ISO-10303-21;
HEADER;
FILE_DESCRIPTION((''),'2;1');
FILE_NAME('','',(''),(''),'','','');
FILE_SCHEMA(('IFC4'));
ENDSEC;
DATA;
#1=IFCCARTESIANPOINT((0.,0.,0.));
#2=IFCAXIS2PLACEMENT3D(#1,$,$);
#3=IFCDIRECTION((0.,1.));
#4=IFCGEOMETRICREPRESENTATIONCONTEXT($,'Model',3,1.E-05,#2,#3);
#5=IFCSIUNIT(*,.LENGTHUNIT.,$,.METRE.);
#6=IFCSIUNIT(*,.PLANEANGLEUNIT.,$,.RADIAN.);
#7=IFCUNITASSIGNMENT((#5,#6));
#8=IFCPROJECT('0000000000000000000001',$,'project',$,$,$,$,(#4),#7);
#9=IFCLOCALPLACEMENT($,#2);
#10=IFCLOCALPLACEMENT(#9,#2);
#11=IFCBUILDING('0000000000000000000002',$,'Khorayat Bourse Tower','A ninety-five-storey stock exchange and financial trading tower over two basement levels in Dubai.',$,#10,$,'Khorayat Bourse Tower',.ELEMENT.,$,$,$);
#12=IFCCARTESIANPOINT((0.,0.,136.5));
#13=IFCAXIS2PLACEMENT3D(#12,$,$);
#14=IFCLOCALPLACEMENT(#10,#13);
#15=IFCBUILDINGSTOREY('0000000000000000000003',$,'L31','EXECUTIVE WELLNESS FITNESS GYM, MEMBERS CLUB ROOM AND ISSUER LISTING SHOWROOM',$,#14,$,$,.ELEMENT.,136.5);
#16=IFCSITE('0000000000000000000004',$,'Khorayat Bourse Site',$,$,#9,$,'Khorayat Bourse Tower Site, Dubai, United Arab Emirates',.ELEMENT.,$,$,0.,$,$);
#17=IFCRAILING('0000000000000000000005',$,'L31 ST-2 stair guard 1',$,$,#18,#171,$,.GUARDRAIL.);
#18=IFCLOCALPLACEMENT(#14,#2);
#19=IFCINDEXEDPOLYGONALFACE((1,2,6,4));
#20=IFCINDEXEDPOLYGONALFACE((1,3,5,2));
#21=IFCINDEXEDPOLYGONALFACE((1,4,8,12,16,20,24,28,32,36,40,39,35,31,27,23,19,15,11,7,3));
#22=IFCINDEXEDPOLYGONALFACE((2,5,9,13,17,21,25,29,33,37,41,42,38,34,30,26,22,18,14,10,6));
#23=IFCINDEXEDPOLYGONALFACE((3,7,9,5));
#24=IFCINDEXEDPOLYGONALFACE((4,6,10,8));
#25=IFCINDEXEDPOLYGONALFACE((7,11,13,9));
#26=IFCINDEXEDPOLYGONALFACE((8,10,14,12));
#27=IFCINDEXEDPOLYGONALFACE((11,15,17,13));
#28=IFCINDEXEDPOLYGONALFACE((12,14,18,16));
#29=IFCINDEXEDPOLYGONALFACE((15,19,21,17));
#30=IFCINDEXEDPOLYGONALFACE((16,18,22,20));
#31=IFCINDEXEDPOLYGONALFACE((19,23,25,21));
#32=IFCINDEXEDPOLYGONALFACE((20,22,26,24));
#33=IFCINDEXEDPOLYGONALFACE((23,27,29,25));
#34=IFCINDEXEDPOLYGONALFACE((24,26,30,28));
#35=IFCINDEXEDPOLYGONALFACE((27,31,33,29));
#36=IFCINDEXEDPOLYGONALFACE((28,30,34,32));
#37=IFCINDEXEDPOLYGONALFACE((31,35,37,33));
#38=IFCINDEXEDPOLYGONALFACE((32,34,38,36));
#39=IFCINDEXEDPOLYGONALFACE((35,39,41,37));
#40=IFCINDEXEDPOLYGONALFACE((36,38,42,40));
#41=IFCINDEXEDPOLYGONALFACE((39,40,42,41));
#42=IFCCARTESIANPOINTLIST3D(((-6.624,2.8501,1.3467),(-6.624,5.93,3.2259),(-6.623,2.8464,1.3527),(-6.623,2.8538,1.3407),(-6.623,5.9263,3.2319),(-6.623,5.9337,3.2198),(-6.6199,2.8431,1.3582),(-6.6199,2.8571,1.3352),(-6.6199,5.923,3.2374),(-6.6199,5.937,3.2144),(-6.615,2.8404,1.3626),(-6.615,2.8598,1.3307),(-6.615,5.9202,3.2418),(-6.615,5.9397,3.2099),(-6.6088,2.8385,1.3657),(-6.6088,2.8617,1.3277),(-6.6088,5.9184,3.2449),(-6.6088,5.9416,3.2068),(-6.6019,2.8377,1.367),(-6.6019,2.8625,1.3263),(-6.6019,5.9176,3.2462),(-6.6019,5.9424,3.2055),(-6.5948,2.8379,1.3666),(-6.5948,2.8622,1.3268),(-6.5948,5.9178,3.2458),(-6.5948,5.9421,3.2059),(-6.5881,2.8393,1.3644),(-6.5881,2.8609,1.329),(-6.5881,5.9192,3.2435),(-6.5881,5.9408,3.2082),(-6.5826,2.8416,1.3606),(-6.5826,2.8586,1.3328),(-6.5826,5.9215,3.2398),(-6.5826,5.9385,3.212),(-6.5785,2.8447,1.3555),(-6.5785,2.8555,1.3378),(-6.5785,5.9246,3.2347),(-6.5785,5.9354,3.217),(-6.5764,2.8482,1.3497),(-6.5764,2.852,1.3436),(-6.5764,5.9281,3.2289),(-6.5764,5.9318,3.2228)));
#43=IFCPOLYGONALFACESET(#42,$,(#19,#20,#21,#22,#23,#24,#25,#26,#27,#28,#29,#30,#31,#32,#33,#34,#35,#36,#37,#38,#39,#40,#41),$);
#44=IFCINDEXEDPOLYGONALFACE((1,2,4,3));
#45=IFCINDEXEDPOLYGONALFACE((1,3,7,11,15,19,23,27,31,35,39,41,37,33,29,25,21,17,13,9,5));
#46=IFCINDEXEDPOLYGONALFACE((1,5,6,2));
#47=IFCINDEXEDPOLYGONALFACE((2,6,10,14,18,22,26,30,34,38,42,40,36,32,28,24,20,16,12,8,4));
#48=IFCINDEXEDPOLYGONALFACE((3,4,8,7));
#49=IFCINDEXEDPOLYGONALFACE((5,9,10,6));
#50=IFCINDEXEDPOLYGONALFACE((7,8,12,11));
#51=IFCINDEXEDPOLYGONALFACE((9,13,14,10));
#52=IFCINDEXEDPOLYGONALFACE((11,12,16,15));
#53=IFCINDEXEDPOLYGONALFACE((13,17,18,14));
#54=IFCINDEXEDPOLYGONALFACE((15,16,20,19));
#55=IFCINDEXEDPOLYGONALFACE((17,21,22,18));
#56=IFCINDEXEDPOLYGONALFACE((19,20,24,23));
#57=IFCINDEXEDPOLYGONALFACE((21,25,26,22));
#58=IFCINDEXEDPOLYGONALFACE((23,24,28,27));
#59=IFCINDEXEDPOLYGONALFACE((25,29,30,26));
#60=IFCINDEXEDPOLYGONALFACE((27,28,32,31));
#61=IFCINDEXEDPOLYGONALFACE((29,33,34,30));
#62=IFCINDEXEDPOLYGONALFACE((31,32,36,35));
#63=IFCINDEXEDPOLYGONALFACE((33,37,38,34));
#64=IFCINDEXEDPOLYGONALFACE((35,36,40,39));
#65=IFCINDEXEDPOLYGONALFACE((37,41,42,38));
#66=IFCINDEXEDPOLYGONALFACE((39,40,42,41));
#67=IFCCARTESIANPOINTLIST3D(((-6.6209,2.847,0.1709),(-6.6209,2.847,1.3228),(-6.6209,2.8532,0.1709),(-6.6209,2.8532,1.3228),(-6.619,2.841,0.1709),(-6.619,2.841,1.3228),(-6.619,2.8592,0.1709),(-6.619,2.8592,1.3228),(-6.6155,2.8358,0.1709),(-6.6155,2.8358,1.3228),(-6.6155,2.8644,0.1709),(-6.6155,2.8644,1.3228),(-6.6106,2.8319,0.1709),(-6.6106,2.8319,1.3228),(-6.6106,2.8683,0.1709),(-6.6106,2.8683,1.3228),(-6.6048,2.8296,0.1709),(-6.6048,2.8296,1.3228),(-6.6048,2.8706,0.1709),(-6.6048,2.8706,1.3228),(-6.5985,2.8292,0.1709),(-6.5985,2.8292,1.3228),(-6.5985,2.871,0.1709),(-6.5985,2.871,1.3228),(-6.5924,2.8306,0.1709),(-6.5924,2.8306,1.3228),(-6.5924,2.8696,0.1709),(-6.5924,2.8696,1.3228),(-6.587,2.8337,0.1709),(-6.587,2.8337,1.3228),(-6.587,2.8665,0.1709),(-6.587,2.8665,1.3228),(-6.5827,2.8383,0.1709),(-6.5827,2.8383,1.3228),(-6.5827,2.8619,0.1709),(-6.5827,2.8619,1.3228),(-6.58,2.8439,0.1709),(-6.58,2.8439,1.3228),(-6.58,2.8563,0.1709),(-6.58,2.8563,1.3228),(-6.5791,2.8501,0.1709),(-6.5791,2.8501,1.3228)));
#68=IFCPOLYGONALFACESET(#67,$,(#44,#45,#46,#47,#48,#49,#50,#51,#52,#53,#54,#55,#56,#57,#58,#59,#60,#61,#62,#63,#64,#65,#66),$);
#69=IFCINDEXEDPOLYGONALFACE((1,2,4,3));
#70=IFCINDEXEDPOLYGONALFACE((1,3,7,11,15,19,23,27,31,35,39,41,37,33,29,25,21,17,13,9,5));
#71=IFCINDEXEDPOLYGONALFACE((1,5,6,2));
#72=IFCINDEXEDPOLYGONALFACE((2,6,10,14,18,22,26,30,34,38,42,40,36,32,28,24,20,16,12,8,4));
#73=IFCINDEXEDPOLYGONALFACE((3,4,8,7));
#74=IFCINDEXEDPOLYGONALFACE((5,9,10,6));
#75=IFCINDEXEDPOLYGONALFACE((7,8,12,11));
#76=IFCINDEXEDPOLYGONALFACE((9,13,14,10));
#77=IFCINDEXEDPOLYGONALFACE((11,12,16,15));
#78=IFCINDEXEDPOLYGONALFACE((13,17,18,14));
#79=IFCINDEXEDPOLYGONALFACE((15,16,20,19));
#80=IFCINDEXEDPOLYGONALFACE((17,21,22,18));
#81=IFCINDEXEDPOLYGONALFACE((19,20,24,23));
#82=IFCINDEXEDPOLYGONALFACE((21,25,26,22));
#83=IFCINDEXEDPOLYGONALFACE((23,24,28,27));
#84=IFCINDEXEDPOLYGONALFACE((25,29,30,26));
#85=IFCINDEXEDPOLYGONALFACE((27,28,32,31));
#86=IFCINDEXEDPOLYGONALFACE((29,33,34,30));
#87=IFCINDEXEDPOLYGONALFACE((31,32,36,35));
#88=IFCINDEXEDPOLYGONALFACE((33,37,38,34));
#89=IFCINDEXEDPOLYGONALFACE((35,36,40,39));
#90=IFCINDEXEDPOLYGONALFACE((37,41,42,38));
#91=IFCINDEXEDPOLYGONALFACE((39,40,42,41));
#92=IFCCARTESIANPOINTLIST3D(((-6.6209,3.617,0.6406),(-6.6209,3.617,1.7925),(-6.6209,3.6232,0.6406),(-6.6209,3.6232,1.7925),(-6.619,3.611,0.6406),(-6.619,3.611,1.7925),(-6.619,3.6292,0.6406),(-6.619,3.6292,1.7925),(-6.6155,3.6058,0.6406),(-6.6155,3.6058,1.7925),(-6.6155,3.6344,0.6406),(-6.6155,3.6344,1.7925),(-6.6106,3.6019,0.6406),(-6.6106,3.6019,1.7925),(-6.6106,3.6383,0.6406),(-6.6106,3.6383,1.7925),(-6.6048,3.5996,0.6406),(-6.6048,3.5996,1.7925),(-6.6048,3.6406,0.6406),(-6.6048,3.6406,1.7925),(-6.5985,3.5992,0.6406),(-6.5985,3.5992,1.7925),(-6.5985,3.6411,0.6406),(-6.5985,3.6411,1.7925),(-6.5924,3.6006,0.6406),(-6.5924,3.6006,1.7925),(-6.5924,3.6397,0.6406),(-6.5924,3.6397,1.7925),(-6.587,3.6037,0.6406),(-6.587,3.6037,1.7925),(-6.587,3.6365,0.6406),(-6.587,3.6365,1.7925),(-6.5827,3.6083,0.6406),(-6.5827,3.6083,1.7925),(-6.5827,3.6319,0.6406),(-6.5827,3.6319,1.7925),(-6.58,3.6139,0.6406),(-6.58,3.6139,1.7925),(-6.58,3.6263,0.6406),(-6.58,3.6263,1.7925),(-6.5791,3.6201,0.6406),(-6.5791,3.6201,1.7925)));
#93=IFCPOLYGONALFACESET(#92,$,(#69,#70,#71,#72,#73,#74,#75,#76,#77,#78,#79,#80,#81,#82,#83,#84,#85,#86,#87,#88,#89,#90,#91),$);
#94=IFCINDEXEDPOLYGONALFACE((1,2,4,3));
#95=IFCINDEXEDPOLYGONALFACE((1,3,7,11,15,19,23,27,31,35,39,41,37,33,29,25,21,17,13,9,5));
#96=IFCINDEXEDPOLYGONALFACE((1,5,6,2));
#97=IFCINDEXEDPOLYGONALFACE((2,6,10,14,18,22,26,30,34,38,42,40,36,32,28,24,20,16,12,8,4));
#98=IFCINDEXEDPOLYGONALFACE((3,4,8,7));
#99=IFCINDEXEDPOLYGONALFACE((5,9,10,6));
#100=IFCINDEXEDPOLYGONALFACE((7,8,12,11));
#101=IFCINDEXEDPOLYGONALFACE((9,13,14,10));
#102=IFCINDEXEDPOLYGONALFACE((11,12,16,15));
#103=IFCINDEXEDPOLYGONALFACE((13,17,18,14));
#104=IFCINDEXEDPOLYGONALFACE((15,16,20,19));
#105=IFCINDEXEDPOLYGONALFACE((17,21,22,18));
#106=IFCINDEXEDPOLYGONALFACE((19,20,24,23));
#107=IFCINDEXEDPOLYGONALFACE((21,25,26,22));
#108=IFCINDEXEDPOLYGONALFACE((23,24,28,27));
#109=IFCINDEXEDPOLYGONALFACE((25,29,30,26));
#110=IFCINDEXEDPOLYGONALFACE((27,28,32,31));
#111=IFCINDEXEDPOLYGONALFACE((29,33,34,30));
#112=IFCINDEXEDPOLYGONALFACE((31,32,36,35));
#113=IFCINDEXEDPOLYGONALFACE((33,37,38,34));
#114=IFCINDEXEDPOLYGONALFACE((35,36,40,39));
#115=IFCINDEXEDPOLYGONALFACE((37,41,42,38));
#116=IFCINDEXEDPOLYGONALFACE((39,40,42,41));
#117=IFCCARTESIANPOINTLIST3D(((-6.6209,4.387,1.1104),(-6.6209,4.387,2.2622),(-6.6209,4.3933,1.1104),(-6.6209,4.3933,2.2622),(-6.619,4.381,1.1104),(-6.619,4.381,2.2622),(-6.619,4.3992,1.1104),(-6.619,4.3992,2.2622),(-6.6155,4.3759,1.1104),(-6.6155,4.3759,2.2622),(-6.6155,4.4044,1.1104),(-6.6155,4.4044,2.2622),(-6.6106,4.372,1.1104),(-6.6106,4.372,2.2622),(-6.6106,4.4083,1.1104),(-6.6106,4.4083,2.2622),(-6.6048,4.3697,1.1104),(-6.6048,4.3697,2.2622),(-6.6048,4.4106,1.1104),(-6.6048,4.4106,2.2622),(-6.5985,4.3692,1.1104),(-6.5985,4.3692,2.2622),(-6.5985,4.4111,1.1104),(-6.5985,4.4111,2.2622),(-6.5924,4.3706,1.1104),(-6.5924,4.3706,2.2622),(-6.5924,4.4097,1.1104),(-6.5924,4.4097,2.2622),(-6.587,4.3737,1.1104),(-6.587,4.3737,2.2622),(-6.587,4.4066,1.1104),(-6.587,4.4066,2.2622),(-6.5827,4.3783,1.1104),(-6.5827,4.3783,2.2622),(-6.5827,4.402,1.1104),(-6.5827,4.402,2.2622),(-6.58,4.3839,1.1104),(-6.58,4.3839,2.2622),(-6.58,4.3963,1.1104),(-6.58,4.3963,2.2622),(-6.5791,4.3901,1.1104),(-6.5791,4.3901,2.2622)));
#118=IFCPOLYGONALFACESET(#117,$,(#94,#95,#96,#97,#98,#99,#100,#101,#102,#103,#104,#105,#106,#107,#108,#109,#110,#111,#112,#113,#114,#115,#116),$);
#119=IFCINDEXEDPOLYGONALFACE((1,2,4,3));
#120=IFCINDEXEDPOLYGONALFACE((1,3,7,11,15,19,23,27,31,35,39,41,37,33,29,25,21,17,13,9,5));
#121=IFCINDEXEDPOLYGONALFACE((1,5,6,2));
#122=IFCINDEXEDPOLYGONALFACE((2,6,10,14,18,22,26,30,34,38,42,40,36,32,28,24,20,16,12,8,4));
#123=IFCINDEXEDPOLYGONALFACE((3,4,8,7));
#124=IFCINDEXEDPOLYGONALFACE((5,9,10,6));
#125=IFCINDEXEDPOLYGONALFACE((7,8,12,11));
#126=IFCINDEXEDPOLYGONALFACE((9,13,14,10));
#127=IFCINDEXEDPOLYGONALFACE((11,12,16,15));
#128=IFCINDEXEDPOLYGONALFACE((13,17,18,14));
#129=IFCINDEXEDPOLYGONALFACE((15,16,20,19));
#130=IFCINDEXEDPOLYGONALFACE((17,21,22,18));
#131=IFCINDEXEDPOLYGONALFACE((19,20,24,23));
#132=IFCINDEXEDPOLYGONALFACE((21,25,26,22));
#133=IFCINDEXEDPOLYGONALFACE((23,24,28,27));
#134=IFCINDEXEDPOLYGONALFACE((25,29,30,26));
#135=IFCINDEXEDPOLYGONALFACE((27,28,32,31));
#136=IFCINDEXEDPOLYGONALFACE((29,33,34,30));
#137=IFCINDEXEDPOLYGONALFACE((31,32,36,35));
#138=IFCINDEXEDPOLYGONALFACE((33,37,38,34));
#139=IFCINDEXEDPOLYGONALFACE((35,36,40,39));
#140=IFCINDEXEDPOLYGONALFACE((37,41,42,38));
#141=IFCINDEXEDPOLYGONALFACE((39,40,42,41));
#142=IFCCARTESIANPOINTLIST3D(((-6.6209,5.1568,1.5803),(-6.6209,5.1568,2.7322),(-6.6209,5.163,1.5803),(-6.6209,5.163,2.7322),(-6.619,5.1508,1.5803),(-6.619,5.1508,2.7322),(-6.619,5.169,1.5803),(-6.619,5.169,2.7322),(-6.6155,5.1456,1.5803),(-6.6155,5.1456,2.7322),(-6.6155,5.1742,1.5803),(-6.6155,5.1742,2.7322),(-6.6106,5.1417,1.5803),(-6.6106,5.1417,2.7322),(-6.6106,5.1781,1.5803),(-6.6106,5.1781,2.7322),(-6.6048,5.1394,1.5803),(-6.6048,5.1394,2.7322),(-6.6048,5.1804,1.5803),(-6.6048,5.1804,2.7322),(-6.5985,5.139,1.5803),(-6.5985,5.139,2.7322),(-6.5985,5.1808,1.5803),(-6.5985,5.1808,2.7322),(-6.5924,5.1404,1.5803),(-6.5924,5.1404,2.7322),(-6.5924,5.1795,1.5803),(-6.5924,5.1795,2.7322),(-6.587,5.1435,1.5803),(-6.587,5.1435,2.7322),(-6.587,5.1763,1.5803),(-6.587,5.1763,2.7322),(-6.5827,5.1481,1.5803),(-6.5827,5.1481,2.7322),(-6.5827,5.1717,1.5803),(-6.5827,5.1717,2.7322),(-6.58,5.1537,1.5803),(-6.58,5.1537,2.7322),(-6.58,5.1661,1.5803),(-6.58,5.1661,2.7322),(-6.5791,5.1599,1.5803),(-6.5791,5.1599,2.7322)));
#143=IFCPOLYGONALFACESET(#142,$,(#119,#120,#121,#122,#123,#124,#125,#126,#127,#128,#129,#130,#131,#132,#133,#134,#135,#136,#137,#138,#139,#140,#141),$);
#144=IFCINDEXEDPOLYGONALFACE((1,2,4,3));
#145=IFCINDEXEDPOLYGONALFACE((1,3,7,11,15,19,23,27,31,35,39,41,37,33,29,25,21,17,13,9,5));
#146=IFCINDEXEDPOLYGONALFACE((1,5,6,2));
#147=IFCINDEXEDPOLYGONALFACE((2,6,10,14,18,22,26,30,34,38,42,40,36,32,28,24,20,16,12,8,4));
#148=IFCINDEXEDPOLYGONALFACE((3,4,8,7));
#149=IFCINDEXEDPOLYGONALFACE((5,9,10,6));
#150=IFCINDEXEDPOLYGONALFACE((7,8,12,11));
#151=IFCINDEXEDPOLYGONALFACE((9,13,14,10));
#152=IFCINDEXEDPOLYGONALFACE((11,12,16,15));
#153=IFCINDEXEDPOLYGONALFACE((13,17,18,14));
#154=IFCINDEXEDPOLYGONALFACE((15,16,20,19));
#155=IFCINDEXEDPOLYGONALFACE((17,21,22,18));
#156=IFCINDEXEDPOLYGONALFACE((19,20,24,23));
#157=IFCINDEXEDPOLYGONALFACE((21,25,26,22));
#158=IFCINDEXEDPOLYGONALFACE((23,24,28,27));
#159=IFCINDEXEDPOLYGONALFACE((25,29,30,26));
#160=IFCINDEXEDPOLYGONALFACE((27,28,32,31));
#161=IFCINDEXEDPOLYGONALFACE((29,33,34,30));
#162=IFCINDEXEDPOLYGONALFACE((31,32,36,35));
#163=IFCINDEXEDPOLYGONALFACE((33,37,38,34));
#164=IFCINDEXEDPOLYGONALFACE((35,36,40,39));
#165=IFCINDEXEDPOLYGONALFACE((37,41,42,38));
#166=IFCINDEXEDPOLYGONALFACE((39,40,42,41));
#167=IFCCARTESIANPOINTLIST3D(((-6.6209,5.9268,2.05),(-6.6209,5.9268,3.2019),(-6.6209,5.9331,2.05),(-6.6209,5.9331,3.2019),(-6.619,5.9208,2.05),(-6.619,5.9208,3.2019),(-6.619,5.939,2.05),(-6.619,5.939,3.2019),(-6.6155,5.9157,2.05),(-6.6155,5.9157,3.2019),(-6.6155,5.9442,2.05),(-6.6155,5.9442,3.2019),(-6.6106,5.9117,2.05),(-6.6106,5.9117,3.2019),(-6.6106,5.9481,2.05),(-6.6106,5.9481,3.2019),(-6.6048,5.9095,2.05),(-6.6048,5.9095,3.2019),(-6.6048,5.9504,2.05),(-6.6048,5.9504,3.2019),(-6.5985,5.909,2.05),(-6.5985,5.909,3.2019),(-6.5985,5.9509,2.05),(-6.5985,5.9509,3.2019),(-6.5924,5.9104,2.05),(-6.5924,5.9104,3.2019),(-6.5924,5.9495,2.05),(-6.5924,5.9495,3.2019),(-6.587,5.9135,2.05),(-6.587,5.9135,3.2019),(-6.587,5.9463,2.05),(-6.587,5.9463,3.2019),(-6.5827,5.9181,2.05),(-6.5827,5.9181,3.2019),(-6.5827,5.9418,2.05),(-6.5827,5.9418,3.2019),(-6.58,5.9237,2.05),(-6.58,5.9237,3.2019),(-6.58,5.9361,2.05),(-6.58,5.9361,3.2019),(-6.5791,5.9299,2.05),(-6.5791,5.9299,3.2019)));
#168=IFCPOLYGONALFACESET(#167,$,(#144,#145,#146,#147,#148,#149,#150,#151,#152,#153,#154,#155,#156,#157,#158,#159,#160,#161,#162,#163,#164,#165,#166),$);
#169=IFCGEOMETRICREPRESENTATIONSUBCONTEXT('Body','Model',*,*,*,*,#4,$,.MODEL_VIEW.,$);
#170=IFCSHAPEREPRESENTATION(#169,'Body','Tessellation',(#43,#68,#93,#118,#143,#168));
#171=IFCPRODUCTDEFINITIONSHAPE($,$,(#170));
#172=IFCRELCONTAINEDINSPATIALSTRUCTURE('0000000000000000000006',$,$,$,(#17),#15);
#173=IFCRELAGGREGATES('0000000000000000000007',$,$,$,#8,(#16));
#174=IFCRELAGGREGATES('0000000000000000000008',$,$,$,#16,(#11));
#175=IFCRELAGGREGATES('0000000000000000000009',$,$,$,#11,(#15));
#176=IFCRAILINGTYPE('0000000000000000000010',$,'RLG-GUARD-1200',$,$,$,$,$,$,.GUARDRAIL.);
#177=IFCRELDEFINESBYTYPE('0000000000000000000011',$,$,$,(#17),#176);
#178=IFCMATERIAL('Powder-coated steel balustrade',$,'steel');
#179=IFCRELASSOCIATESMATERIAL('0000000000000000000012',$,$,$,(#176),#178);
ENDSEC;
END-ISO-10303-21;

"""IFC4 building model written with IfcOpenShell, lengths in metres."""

from ifc_helpers import new_model, si_unit, direction, frame, origin, origin_2d, place, context, subcontext, project, spatial, circle, extrude, source, transform, mapped, material, type_object, element, save


model = new_model("IFC4")

# Units and contexts
model_context = context("Model", 3, precision=1e-05, world=origin(), true_north=direction((0.0, 1.0)))
body_context = subcontext(model_context, "Body", "Model", "MODEL_VIEW")
ifc_project = project(units=[si_unit("LENGTHUNIT", "METRE"), si_unit("PLANEANGLEUNIT", "RADIAN")], contexts=[model_context])

# Site, building, storey
site_placement = place(None, origin())
site = spatial("IfcSite", under=ifc_project, at=site_placement, Name="Khorayat Bourse Site", LongName="Khorayat Bourse Tower Site, Dubai, United Arab Emirates", CompositionType="ELEMENT", RefElevation=0.0)
building_placement = place(site_placement, origin())
building = spatial("IfcBuilding", under=site, at=building_placement, Name="Khorayat Bourse Tower", Description="A ninety-five-storey stock exchange and financial trading tower over two basement levels in Dubai.", LongName="Khorayat Bourse Tower", CompositionType="ELEMENT")
storey_placement = place(building_placement, frame((0.0, 0.0, 136.5)))
storey = spatial("IfcBuildingStorey", under=building, at=storey_placement, Name="L31", Description="EXECUTIVE WELLNESS FITNESS GYM, MEMBERS CLUB ROOM AND ISSUER LISTING SHOWROOM", CompositionType="ELEMENT", Elevation=136.5)

# Railing
ifc_material_1 = material(Name="Powder-coated steel balustrade", Category="steel")
railing_type_1 = type_object("IfcRailingType", Name="RLG-GUARD-1200", PredefinedType="GUARDRAIL", material=ifc_material_1)
shared_shape_1 = source(origin(), body_context, "Body", "SweptSolid", [
    extrude(circle(Radius=0.0239, at=origin_2d()), frame((0.0, 0.0, 1.1758), z_axis=(0.0, 0.853648, 0.52085), x_axis=(-1.0, 0.0, 0.0)), (0.0, 0.0, 1.0), 3.6079),
    extrude(circle(Radius=0.021, at=origin_2d()), origin(), (0.0, 0.0, 1.0), 1.1519),
    extrude(circle(Radius=0.021, at=origin_2d()), frame((0.0, 0.77, 0.4697)), (0.0, 0.0, 1.0), 1.1519),
    extrude(circle(Radius=0.021, at=origin_2d()), frame((0.0, 1.54, 0.9395)), (0.0, 0.0, 1.0), 1.1519),
    extrude(circle(Radius=0.021, at=origin_2d()), frame((0.0, 2.3098, 1.4094)), (0.0, 0.0, 1.0), 1.1519),
    extrude(circle(Radius=0.021, at=origin_2d()), frame((0.0, 3.0798, 1.8792)), (0.0, 0.0, 1.0), 1.1519),
])
railing_1_placement = place(storey_placement, frame((-6.6001, 2.8501, 0.1709)))
element("IfcRailing", 1, at=railing_1_placement, inside=storey, type_object=railing_type_1, Name="L31 ST-2 stair guard 1", PredefinedType="GUARDRAIL", context=body_context, shape_type="MappedRepresentation", body=[
    mapped(shared_shape_1, transform((0.0, 0.0, 0.0), scale=1.0)),
])

save(model, "model.ifc")
